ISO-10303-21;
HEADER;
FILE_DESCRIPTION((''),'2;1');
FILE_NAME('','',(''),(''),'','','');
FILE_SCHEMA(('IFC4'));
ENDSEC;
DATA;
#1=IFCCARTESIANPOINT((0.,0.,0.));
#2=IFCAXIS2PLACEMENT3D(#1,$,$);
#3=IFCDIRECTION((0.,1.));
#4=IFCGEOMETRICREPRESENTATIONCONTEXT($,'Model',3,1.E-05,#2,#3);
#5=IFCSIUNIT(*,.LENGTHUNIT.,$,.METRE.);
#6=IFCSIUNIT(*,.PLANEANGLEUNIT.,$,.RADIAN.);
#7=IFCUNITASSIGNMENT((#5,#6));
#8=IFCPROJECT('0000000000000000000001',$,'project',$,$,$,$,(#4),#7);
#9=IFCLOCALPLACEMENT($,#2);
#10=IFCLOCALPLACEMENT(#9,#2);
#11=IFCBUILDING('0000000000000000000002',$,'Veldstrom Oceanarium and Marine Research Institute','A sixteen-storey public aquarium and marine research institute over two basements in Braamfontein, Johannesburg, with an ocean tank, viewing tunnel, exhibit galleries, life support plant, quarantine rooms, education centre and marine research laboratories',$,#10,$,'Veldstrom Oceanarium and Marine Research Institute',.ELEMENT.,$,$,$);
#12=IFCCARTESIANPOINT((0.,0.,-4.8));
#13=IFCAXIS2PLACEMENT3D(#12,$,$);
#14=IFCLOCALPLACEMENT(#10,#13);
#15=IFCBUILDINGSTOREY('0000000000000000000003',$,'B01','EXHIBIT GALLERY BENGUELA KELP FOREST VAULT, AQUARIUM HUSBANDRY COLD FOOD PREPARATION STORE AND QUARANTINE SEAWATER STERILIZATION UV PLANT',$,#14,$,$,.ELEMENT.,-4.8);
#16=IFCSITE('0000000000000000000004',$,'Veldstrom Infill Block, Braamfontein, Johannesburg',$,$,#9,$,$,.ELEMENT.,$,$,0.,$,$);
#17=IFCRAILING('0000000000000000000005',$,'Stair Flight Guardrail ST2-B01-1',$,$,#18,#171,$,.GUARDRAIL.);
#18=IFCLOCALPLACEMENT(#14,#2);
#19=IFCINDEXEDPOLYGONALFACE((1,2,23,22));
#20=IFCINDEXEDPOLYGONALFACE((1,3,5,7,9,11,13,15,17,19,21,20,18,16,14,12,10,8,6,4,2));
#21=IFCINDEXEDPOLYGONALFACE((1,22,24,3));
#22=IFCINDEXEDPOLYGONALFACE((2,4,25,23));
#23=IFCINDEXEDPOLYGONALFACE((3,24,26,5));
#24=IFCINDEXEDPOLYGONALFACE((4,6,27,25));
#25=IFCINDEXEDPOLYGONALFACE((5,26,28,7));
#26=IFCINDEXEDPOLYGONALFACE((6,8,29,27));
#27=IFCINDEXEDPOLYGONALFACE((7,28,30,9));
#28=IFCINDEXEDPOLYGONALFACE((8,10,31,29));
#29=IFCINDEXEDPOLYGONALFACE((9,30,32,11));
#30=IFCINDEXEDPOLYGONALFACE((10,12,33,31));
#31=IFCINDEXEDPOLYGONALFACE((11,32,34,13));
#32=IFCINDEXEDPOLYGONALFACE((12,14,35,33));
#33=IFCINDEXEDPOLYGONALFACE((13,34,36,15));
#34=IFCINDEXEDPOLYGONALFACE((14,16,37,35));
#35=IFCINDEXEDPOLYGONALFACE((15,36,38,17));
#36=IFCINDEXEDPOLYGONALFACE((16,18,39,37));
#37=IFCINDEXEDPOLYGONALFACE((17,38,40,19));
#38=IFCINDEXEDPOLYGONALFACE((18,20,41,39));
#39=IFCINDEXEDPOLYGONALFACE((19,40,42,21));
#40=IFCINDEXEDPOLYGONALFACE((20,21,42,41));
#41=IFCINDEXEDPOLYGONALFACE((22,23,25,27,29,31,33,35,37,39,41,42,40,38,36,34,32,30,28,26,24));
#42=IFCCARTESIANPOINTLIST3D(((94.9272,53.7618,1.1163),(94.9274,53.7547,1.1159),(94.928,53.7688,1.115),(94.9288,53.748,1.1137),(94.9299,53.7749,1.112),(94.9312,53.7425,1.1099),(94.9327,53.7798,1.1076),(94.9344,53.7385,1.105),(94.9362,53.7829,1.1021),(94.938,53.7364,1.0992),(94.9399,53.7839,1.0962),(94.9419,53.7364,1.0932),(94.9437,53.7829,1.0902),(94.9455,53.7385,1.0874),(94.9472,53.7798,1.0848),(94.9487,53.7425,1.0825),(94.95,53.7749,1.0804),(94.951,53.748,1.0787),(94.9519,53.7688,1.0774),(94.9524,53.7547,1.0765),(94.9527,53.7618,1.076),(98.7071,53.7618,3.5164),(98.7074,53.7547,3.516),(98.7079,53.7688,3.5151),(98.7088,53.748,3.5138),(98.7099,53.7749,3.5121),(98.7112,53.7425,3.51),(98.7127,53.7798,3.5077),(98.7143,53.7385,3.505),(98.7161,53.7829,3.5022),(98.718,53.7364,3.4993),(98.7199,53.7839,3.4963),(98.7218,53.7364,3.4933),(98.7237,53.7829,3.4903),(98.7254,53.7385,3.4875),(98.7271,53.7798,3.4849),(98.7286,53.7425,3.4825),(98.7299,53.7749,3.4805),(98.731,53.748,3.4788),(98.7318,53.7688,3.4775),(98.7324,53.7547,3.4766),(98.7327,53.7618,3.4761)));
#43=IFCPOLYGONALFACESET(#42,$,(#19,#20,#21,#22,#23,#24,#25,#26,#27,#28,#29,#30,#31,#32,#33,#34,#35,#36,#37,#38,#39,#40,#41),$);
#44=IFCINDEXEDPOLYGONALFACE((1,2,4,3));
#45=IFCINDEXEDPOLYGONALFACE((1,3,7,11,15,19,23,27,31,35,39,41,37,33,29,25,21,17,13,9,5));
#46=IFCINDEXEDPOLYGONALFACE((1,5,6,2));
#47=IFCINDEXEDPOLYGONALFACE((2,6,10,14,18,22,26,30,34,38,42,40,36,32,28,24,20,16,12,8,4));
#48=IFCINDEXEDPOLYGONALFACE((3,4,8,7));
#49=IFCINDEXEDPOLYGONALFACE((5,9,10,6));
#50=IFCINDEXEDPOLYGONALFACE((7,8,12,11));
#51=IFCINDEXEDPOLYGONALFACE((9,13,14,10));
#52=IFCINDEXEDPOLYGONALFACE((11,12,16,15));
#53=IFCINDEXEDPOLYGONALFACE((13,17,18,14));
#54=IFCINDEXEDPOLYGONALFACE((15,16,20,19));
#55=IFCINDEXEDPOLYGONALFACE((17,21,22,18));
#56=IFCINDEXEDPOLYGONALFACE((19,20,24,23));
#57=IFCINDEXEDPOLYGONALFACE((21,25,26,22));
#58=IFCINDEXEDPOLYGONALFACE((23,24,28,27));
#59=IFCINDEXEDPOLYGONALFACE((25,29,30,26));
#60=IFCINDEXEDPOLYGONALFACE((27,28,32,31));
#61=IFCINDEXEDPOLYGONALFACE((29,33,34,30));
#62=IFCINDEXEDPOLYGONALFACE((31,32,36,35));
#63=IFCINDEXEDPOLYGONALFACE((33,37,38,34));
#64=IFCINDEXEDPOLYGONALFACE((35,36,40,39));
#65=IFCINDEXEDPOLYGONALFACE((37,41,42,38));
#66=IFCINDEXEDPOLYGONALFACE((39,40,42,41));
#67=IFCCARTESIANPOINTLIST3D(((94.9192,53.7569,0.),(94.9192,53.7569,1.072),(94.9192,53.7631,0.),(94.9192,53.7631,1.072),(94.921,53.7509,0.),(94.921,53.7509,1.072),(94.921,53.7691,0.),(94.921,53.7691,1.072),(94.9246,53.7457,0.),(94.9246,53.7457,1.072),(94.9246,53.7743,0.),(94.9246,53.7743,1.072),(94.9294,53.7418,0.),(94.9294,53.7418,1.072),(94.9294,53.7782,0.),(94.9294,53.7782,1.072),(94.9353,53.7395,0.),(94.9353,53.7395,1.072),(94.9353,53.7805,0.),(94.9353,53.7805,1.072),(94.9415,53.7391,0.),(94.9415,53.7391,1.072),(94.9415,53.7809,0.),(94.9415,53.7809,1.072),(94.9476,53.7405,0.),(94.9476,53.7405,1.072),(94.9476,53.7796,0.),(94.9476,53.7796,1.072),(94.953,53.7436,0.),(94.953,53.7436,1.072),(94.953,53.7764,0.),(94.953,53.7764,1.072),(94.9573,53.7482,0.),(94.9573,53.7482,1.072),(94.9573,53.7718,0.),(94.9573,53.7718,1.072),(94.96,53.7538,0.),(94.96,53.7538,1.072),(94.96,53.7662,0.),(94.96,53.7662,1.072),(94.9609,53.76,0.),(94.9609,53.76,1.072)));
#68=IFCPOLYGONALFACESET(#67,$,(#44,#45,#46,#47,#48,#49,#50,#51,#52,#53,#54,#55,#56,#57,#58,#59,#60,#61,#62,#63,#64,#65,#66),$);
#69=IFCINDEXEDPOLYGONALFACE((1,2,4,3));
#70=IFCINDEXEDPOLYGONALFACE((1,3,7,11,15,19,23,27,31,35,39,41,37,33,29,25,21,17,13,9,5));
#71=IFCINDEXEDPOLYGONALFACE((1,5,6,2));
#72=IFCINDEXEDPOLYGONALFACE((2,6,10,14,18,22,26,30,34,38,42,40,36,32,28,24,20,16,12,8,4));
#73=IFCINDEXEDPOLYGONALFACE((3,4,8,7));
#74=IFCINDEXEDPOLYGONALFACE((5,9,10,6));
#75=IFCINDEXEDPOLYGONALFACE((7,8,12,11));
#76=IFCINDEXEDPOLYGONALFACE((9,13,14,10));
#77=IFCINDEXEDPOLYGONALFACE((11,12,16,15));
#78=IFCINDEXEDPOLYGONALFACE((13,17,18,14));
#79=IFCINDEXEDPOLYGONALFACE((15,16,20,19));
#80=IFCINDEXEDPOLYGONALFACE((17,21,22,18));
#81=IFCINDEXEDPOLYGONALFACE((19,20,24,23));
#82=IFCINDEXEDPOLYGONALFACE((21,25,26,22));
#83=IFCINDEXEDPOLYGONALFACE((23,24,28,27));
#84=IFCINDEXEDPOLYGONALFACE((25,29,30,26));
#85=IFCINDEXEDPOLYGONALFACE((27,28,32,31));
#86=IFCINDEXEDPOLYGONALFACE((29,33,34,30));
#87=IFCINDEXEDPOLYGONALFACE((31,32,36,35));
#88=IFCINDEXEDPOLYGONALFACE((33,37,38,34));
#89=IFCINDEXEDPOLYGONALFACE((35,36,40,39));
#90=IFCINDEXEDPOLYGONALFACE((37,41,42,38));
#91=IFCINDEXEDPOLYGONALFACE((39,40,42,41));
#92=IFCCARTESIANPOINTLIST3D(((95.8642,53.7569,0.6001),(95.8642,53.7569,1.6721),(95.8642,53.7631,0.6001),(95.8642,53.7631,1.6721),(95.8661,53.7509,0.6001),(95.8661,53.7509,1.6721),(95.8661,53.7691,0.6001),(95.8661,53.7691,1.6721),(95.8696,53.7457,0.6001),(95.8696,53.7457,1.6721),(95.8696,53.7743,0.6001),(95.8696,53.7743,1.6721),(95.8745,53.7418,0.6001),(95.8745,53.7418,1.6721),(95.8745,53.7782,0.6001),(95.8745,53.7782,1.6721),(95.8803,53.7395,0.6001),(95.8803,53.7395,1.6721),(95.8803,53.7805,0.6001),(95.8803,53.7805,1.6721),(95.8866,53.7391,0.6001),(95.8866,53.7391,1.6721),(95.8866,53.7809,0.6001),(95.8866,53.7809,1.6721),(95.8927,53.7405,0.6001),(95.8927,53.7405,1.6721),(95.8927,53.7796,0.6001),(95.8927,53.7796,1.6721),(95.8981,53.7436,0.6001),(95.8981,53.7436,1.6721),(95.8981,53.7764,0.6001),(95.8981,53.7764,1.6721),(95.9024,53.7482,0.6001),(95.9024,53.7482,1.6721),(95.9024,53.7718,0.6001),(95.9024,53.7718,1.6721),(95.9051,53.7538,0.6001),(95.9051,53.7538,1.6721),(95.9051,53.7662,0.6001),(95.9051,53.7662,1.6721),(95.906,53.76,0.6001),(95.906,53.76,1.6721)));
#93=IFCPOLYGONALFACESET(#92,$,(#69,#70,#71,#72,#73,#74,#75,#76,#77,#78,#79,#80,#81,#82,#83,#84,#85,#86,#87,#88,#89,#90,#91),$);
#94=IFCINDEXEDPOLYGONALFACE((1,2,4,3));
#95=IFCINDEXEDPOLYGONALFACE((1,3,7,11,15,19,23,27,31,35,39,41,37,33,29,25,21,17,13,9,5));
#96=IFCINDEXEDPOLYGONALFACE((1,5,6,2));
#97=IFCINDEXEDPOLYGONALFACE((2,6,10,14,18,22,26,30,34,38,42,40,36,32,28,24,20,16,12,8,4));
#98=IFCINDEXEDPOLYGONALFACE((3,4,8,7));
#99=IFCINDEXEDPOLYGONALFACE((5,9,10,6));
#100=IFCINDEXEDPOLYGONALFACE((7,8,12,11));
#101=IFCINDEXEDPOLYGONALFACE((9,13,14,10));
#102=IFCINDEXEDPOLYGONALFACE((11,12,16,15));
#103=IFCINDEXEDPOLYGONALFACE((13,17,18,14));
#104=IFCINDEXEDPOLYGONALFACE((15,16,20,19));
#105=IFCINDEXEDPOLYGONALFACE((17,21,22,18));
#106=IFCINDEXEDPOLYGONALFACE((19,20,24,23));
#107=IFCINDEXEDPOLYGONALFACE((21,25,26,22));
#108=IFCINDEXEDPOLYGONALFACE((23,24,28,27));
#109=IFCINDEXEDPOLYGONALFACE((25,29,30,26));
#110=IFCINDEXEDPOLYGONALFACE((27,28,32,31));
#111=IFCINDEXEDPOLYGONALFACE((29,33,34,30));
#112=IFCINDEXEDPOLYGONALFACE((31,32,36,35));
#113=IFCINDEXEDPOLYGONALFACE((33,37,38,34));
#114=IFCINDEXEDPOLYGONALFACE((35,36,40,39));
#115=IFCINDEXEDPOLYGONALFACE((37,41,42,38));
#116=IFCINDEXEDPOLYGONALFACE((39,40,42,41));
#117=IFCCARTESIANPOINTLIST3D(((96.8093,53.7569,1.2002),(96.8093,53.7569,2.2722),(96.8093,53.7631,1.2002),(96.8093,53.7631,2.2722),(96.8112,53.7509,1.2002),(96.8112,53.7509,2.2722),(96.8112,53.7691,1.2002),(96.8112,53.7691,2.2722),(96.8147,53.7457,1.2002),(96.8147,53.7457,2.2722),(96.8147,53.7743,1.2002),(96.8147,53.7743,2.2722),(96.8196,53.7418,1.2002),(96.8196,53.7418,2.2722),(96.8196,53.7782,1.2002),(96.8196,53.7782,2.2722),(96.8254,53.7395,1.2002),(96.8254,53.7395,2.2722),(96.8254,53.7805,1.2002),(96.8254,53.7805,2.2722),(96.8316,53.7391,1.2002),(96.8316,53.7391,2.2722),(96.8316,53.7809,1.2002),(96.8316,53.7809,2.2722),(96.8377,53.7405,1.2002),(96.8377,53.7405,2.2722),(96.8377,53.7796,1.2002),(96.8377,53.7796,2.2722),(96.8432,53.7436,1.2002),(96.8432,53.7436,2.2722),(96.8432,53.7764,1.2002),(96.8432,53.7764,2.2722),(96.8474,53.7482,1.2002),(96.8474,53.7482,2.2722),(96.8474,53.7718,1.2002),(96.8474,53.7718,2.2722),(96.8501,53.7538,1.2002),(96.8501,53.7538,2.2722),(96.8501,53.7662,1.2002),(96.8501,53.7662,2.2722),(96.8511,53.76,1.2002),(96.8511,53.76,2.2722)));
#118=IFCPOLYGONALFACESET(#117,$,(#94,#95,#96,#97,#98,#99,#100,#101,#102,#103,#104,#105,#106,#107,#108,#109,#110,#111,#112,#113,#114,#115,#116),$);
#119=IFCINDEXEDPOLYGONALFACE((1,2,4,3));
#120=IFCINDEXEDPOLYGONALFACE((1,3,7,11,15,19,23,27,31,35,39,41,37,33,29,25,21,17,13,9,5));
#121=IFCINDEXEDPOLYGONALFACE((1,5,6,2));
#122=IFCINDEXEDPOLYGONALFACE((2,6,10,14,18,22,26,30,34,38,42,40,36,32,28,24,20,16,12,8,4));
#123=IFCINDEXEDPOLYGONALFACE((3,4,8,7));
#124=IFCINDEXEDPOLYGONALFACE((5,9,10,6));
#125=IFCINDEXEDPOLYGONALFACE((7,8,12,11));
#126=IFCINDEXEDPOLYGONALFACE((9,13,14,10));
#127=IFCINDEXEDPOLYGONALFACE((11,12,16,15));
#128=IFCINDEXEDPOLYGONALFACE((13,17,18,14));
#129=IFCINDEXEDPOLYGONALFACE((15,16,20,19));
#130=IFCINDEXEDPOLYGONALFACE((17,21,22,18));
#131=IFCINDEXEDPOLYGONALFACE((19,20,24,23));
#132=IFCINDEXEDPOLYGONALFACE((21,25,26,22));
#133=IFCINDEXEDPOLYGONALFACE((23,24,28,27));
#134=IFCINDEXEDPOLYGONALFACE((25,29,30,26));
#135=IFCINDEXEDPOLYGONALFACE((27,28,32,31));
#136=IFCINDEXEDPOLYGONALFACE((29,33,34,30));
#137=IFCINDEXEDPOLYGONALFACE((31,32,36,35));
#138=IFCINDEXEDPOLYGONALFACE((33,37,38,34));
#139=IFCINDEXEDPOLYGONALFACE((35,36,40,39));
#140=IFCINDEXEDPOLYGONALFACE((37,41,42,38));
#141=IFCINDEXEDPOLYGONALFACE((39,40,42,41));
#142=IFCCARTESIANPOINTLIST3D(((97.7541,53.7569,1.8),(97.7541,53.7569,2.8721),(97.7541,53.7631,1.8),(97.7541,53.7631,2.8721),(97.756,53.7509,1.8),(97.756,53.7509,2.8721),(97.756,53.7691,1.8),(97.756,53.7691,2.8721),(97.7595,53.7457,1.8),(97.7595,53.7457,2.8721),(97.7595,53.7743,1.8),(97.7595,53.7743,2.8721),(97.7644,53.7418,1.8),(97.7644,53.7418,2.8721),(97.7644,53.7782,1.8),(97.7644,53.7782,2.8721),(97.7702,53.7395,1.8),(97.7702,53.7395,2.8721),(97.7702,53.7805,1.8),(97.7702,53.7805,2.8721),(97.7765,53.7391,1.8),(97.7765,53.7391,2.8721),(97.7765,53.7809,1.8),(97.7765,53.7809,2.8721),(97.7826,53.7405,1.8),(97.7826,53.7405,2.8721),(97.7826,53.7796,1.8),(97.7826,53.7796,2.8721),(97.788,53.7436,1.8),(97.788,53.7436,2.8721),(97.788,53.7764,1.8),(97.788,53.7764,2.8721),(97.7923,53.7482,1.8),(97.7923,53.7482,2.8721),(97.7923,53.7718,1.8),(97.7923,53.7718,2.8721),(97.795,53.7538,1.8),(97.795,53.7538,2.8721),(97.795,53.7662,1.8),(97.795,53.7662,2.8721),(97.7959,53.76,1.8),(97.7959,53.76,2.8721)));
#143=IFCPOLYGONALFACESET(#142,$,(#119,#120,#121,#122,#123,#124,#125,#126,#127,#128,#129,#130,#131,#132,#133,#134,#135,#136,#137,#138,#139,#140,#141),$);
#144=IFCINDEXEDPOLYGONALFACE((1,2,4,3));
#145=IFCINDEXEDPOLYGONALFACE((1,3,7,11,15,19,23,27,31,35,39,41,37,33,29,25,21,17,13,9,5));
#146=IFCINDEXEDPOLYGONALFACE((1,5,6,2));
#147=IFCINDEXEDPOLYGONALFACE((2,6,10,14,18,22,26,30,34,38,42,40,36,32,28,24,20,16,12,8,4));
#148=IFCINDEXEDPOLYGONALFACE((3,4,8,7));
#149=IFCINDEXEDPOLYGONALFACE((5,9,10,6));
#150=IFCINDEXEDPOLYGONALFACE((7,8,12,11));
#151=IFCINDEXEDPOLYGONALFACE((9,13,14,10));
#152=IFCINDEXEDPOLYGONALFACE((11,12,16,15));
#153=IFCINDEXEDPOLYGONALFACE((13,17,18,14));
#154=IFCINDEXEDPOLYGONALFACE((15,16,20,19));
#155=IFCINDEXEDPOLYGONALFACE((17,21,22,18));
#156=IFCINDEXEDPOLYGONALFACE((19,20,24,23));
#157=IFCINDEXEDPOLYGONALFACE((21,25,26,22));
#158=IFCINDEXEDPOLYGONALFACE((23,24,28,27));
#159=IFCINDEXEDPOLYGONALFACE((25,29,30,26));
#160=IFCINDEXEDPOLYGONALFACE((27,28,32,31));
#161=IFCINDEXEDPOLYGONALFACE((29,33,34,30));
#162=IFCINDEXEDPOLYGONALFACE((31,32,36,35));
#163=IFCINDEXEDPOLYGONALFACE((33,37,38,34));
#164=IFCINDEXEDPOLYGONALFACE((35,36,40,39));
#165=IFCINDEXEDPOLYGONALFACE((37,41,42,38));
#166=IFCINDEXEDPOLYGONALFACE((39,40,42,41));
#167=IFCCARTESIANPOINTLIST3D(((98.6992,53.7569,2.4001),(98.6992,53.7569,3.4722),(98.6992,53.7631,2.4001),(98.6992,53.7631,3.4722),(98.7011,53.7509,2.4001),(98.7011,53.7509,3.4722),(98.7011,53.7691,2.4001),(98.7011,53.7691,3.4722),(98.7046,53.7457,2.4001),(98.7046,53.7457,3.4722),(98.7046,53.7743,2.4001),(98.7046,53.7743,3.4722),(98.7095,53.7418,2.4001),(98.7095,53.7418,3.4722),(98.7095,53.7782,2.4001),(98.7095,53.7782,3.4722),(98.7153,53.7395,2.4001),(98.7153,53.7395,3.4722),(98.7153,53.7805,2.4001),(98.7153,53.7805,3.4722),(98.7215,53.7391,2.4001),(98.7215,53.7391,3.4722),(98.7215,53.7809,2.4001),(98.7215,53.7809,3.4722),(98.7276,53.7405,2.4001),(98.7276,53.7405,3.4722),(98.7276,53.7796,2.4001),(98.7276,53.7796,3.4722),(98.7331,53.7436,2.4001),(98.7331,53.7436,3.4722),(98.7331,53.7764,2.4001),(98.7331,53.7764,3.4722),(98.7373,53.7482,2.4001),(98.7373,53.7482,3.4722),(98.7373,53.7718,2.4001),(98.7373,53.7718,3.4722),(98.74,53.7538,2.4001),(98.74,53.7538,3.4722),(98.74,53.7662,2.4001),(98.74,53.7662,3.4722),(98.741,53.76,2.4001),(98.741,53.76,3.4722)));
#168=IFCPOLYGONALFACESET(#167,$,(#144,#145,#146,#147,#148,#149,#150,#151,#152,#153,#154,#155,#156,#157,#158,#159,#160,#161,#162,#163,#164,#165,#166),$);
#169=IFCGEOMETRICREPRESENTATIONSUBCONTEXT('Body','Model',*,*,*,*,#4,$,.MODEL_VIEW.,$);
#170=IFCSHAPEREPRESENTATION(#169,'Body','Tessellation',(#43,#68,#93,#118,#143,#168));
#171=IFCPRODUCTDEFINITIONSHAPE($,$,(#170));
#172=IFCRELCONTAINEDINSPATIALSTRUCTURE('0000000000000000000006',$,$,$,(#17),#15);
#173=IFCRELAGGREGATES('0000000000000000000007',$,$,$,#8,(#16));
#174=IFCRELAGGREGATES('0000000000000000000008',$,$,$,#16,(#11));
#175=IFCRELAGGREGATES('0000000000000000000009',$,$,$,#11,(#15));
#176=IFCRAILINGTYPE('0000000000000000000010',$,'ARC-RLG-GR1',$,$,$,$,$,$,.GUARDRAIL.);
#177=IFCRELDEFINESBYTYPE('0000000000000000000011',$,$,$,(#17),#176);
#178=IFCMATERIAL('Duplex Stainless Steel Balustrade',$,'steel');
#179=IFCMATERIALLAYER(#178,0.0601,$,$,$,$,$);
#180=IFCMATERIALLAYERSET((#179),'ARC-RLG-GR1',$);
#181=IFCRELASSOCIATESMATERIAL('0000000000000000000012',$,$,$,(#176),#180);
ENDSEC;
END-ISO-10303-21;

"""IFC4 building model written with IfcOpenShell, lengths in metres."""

from ifc_helpers import new_model, si_unit, direction, frame, origin, origin_2d, place, context, subcontext, project, spatial, circle, extrude, material, layer, layer_set, type_object, element, save


model = new_model("IFC4")

# Units and contexts
model_context = context("Model", 3, precision=1e-05, world=origin(), true_north=direction((0.0, 1.0)))
body_context = subcontext(model_context, "Body", "Model", "MODEL_VIEW")
ifc_project = project(units=[si_unit("LENGTHUNIT", "METRE"), si_unit("PLANEANGLEUNIT", "RADIAN")], contexts=[model_context])

# Site, building, storey
site_placement = place(None, origin())
site = spatial("IfcSite", under=ifc_project, at=site_placement, Name="Veldstrom Infill Block, Braamfontein, Johannesburg", CompositionType="ELEMENT", RefElevation=0.0)
building_placement = place(site_placement, origin())
building = spatial("IfcBuilding", under=site, at=building_placement, Name="Veldstrom Oceanarium and Marine Research Institute", Description="A sixteen-storey public aquarium and marine research institute over two basements in Braamfontein, Johannesburg, with an ocean tank, viewing tunnel, exhibit galleries, life support plant, quarantine rooms, education centre and marine research laboratories", LongName="Veldstrom Oceanarium and Marine Research Institute", CompositionType="ELEMENT")
storey_placement = place(building_placement, frame((0.0, 0.0, -4.8)))
storey = spatial("IfcBuildingStorey", under=building, at=storey_placement, Name="B01", Description="EXHIBIT GALLERY BENGUELA KELP FOREST VAULT, AQUARIUM HUSBANDRY COLD FOOD PREPARATION STORE AND QUARANTINE SEAWATER STERILIZATION UV PLANT", CompositionType="ELEMENT", Elevation=-4.8)

# Railing
ifc_material_1 = material(Name="Duplex Stainless Steel Balustrade", Category="steel")
ifc_layer_1 = layer(ifc_material_1, 0.0601)
ifc_layer_set_1 = layer_set([ifc_layer_1], Name="ARC-RLG-GR1")
railing_type_1 = type_object("IfcRailingType", Name="ARC-RLG-GR1", PredefinedType="GUARDRAIL", material=ifc_layer_set_1)
railing_1_placement = place(storey_placement, frame((94.9399, 53.76, 0.0)))
element("IfcRailing", 1, at=railing_1_placement, inside=storey, type_object=railing_type_1, Name="Stair Flight Guardrail ST2-B01-1", PredefinedType="GUARDRAIL", context=body_context, shape_type="SweptSolid", body=[
    extrude(circle(Radius=0.0239, at=origin_2d()), frame((0.0, 0.0, 1.0962), z_axis=(0.8442, 0.0, 0.536028), x_axis=(0.0, 1.0, 0.0)), (0.0, 0.0, 1.0), 4.4775),
    extrude(circle(Radius=0.021, at=origin_2d()), origin(), (0.0, 0.0, 1.0), 1.072),
    extrude(circle(Radius=0.021, at=origin_2d()), frame((0.9451, 0.0, 0.6001)), (0.0, 0.0, 1.0), 1.072),
    extrude(circle(Radius=0.021, at=origin_2d()), frame((1.8901, 0.0, 1.2002)), (0.0, 0.0, 1.0), 1.072),
    extrude(circle(Radius=0.021, at=origin_2d()), frame((2.835, 0.0, 1.8)), (0.0, 0.0, 1.0), 1.072),
    extrude(circle(Radius=0.021, at=origin_2d()), frame((3.78, 0.0, 2.4001)), (0.0, 0.0, 1.0), 1.072),
])

save(model, "model.ifc")
